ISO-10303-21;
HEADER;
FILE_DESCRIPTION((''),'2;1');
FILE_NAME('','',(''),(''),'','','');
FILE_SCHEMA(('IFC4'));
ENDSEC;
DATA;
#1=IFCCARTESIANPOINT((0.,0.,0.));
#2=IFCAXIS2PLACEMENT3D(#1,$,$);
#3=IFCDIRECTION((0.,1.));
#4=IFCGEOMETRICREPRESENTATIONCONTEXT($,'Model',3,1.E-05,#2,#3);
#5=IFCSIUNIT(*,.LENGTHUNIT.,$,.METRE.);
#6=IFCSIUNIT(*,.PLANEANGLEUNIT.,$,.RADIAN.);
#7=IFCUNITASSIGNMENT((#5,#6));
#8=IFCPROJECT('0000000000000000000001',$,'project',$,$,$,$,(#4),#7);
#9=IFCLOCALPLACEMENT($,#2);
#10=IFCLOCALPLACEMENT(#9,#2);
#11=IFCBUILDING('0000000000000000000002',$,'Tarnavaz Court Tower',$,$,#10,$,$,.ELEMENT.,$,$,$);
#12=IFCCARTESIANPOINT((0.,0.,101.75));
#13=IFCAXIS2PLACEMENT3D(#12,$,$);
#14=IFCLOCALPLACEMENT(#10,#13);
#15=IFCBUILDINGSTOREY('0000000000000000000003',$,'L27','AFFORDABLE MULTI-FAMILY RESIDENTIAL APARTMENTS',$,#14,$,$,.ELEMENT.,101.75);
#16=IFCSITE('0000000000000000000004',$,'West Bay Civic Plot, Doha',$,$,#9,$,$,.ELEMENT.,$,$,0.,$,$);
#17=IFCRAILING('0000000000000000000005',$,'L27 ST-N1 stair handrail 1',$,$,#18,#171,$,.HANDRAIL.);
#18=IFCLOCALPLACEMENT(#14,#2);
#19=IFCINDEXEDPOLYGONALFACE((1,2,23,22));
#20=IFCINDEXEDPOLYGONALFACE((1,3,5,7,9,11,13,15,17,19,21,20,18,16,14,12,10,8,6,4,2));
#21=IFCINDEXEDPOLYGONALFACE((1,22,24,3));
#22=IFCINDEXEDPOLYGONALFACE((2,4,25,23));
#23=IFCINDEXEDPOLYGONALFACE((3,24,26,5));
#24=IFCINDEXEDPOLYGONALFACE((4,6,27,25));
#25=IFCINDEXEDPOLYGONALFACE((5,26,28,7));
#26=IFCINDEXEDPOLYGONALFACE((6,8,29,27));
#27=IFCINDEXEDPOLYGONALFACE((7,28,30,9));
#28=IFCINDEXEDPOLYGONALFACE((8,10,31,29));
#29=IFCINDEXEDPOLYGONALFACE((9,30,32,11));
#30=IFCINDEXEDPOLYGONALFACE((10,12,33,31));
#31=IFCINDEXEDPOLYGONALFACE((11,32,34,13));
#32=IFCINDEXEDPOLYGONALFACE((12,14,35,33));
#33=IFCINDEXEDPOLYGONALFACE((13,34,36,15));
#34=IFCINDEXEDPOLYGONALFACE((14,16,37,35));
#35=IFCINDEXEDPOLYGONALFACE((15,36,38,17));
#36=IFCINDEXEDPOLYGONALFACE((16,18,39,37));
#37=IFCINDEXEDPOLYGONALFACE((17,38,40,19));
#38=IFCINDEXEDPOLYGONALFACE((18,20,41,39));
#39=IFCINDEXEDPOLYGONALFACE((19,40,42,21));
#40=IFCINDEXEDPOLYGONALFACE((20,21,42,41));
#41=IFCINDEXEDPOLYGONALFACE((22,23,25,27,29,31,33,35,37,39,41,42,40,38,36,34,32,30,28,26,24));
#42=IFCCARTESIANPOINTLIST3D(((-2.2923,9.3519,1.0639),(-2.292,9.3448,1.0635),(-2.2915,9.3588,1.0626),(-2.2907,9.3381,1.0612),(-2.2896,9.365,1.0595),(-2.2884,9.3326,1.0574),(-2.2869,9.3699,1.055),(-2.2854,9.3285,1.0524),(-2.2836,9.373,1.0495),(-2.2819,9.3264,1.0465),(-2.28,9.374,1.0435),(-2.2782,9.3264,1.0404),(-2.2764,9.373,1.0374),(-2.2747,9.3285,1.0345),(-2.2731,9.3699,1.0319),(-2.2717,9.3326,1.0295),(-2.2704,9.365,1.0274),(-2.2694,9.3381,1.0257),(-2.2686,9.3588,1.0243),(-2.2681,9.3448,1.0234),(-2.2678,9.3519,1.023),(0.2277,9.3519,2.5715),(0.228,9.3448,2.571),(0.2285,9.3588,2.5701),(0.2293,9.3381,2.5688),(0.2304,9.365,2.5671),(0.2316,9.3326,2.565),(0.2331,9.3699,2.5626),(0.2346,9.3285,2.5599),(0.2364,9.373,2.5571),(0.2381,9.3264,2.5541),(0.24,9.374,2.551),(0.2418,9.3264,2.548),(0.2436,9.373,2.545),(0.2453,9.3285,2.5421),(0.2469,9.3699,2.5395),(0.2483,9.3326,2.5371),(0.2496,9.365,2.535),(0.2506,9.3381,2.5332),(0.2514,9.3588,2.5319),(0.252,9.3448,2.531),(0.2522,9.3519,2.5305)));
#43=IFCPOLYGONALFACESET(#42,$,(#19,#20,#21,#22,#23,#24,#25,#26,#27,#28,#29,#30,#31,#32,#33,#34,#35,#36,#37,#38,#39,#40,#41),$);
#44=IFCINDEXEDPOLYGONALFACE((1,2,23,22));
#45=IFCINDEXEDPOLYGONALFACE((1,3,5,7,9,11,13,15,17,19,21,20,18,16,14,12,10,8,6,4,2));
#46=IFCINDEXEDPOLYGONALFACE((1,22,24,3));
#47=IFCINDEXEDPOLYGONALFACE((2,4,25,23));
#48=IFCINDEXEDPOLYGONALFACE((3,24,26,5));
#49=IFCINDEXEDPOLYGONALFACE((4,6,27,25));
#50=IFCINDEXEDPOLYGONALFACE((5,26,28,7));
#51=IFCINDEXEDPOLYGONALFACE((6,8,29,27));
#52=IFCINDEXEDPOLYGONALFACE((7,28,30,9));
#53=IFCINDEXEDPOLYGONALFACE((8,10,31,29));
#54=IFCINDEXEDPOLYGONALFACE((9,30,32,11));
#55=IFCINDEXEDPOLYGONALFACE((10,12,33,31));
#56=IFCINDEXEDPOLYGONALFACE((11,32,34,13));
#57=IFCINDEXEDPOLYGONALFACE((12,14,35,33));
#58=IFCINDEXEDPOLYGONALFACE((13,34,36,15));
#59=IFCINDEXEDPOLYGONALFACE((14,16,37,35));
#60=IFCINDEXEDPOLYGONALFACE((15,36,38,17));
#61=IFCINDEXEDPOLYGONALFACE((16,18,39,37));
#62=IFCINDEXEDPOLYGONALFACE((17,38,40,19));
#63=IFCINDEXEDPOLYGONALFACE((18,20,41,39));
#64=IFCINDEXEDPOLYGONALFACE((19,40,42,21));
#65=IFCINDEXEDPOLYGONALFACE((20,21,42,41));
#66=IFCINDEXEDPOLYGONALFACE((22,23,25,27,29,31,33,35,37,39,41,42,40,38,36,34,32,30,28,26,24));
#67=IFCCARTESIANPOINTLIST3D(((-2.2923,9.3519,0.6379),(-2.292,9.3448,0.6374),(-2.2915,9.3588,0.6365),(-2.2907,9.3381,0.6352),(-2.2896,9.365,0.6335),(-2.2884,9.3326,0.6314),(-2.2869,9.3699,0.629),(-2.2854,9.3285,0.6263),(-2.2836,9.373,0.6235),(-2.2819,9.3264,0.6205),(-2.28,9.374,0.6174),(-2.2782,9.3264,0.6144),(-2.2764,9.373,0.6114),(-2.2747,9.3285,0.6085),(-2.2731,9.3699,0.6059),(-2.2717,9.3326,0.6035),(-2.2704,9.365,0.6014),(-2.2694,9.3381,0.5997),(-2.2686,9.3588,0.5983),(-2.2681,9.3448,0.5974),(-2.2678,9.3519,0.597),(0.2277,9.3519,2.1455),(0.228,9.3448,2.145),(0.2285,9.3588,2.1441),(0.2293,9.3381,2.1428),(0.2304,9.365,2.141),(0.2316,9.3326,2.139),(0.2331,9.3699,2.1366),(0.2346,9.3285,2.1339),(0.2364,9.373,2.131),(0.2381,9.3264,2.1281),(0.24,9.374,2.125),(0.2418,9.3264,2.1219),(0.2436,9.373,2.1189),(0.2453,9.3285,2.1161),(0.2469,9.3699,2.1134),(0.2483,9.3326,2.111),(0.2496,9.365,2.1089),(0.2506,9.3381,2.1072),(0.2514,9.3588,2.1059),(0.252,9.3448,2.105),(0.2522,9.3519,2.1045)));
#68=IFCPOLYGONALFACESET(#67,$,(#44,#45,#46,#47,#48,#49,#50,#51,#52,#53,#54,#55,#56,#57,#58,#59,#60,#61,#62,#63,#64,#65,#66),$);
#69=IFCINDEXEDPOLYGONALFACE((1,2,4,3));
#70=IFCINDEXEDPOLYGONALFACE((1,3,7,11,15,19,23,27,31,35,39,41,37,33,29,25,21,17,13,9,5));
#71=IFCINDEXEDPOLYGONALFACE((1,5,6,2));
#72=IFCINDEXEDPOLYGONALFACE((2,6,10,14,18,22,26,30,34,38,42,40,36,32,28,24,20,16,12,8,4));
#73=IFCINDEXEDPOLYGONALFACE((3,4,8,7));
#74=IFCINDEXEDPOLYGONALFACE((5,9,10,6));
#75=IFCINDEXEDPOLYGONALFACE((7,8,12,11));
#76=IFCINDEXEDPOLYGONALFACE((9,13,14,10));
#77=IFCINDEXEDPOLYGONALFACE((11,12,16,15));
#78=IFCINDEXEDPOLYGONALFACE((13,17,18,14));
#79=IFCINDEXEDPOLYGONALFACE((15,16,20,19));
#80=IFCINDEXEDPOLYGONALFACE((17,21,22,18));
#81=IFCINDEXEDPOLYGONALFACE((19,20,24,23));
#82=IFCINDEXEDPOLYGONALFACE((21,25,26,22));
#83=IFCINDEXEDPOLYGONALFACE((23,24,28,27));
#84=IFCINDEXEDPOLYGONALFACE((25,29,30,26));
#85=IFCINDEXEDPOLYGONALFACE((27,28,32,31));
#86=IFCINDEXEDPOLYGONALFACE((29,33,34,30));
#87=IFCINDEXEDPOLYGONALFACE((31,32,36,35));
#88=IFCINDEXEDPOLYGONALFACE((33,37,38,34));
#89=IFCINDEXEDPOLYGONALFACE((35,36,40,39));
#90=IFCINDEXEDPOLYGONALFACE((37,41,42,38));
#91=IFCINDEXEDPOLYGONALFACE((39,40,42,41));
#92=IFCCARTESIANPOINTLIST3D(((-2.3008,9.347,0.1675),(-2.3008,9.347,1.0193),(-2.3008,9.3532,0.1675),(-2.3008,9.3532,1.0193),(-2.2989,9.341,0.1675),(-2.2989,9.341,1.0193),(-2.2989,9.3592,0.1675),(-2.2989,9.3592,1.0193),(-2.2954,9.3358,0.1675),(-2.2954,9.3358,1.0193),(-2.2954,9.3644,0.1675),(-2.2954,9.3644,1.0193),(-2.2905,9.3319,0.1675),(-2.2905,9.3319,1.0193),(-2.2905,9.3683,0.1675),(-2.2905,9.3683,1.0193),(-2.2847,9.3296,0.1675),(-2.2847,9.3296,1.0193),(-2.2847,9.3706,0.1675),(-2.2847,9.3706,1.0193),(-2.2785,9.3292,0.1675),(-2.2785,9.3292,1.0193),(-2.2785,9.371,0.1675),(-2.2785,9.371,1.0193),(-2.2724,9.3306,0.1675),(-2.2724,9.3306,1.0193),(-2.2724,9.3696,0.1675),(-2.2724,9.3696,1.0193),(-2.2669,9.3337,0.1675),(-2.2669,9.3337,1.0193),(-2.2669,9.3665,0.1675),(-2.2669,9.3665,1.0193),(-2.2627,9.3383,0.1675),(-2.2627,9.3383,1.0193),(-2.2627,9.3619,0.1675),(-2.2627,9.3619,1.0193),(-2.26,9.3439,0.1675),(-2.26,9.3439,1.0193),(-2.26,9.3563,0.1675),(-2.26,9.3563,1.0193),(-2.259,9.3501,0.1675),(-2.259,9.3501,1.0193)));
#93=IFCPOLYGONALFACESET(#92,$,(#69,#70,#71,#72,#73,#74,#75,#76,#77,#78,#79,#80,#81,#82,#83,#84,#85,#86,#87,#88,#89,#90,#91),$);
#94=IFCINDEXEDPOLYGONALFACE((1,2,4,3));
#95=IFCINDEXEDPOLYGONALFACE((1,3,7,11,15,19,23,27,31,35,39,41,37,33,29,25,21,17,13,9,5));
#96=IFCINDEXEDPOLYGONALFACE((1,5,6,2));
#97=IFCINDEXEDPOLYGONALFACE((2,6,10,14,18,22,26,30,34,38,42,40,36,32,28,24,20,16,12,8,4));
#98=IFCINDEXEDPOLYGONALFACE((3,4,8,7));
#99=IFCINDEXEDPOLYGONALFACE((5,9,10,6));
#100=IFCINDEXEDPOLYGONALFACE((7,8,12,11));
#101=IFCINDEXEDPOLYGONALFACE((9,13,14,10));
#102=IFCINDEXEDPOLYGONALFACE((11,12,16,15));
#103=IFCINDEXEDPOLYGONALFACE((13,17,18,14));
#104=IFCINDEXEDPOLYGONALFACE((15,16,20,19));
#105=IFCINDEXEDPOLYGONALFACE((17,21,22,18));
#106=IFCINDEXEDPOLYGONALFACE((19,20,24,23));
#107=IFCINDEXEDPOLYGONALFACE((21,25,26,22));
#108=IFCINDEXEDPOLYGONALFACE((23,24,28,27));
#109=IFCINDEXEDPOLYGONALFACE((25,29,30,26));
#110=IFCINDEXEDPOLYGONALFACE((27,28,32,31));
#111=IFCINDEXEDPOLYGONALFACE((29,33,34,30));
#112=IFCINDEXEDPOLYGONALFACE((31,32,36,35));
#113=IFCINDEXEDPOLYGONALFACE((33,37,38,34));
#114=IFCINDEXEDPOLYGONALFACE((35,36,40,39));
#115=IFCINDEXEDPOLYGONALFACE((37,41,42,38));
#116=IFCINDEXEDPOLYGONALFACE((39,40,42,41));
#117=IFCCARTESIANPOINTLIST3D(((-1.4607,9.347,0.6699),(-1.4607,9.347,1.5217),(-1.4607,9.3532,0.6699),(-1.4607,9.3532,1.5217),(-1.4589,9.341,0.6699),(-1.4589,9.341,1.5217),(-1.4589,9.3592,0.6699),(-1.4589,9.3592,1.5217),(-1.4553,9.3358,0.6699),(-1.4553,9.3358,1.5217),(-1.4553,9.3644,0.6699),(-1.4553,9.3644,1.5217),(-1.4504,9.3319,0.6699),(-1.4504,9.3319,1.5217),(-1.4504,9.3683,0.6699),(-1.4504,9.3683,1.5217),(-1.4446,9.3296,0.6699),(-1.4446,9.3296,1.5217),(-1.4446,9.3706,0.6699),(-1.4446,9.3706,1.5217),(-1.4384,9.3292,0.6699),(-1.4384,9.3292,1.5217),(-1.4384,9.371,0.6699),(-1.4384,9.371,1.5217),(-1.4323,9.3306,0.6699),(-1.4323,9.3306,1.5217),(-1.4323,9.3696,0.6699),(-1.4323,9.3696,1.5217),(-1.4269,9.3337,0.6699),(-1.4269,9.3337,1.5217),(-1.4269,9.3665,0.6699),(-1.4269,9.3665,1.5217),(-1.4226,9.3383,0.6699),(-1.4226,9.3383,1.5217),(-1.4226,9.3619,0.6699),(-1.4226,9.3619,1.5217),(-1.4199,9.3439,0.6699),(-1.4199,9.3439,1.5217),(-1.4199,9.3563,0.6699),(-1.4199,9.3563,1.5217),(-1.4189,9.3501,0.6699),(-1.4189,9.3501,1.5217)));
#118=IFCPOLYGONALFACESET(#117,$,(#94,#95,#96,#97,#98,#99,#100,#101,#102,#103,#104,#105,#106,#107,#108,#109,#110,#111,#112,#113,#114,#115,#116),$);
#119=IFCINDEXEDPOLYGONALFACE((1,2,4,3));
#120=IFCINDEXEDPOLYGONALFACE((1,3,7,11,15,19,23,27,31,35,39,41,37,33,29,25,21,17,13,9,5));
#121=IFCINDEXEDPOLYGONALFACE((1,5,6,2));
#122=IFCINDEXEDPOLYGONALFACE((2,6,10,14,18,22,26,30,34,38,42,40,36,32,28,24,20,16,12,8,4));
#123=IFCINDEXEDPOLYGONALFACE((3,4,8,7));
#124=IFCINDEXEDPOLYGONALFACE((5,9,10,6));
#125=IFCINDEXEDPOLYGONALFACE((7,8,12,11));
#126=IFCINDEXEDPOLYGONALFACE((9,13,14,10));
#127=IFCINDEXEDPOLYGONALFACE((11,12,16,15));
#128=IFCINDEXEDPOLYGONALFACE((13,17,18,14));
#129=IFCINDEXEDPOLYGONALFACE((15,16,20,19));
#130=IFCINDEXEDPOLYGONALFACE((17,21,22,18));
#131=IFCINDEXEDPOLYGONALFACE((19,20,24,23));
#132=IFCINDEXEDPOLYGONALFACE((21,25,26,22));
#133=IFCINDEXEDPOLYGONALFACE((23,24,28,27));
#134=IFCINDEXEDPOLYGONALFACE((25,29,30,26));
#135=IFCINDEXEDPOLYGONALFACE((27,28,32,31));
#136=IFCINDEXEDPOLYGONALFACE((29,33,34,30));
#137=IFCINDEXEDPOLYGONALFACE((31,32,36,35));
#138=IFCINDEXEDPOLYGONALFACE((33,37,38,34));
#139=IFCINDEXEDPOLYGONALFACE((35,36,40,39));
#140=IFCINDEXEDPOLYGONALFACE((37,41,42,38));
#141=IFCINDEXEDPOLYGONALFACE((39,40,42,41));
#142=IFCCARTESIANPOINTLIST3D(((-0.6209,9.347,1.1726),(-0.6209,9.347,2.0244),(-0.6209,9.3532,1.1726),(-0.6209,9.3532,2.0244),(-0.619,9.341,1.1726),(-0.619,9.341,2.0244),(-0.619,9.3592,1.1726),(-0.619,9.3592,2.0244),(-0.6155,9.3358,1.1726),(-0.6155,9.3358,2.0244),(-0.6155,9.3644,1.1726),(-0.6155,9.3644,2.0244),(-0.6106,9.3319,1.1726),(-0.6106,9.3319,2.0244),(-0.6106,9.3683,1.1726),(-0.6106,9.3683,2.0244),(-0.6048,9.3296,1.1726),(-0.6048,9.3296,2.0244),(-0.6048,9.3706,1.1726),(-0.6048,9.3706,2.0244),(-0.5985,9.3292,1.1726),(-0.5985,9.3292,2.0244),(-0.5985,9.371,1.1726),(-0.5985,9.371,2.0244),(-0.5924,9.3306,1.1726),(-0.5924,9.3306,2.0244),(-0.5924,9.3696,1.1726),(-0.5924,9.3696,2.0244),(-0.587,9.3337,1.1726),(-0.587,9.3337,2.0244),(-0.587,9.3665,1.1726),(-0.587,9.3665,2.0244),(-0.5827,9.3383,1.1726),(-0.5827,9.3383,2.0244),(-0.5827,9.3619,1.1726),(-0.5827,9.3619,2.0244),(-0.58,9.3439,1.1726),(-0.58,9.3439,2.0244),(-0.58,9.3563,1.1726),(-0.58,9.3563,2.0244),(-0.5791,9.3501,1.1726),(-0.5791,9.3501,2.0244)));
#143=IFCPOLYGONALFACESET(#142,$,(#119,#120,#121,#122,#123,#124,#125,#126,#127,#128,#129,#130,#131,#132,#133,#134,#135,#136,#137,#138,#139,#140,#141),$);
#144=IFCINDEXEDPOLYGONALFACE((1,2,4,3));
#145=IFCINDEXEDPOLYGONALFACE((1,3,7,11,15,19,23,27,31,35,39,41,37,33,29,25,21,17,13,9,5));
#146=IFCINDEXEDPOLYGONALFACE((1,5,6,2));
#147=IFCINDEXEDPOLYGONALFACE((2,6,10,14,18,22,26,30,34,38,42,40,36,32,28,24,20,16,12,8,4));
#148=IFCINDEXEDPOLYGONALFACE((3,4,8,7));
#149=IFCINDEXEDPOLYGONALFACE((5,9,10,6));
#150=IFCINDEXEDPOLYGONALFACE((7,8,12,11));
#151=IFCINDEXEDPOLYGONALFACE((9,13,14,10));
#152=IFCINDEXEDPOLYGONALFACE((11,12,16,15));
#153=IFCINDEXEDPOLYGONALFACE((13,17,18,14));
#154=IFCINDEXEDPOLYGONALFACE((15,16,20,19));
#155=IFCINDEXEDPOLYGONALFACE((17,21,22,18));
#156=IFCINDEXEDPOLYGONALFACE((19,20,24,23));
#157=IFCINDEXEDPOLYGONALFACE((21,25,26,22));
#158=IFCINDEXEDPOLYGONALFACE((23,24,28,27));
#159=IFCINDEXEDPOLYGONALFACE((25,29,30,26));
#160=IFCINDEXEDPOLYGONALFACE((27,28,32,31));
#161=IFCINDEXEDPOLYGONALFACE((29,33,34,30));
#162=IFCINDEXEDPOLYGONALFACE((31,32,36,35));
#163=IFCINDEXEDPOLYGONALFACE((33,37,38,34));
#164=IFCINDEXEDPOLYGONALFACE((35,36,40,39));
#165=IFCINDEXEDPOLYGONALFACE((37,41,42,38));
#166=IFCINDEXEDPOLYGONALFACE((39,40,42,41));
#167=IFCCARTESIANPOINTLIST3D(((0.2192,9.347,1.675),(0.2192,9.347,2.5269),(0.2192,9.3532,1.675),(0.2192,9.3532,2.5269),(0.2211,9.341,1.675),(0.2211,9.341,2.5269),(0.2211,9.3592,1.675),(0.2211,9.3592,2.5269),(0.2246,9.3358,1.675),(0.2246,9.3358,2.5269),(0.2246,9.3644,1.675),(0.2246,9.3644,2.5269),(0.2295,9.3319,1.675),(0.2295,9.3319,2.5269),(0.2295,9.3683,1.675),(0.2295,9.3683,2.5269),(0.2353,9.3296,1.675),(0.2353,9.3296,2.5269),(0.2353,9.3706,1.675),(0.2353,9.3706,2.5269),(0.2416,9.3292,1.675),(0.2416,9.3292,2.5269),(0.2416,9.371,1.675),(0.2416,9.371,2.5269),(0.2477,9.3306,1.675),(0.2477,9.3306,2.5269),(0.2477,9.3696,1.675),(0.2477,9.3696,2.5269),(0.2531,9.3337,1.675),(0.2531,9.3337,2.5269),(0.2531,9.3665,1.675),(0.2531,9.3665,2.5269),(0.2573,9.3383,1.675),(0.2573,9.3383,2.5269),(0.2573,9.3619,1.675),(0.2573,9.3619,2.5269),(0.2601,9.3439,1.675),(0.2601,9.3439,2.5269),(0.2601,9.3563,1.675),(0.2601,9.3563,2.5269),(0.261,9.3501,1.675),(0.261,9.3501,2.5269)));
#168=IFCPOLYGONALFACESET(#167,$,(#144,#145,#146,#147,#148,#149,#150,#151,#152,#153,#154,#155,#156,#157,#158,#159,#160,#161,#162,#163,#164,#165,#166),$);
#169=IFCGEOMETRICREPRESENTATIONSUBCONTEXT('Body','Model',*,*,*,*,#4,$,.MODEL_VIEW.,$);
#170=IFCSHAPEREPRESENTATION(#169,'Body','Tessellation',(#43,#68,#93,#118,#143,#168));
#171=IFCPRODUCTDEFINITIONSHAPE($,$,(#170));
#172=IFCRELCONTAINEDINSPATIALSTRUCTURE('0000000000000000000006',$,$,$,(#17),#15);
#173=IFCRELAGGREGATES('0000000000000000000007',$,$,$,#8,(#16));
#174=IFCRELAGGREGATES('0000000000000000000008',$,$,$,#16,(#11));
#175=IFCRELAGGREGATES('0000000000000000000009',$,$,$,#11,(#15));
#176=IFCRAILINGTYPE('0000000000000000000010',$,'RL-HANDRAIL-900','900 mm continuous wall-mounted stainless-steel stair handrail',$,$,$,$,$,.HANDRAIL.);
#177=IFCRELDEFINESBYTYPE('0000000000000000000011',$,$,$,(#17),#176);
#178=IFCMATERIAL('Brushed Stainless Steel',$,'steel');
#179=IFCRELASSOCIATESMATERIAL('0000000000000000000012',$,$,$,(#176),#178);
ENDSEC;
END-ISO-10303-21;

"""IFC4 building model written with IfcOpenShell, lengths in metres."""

from ifc_helpers import new_model, si_unit, direction, frame, origin, origin_2d, place, context, subcontext, project, spatial, circle, extrude, material, type_object, element, save


model = new_model("IFC4")

# Units and contexts
model_context = context("Model", 3, precision=1e-05, world=origin(), true_north=direction((0.0, 1.0)))
body_context = subcontext(model_context, "Body", "Model", "MODEL_VIEW")
ifc_project = project(units=[si_unit("LENGTHUNIT", "METRE"), si_unit("PLANEANGLEUNIT", "RADIAN")], contexts=[model_context])

# Site, building, storey
site_placement = place(None, origin())
site = spatial("IfcSite", under=ifc_project, at=site_placement, Name="West Bay Civic Plot, Doha", CompositionType="ELEMENT", RefElevation=0.0)
building_placement = place(site_placement, origin())
building = spatial("IfcBuilding", under=site, at=building_placement, Name="Tarnavaz Court Tower", CompositionType="ELEMENT")
storey_placement = place(building_placement, frame((0.0, 0.0, 101.75)))
storey = spatial("IfcBuildingStorey", under=building, at=storey_placement, Name="L27", Description="AFFORDABLE MULTI-FAMILY RESIDENTIAL APARTMENTS", CompositionType="ELEMENT", Elevation=101.75)

# Railing
ifc_material_1 = material(Name="Brushed Stainless Steel", Category="steel")
railing_type_1 = type_object("IfcRailingType", Name="RL-HANDRAIL-900", Description="900 mm continuous wall-mounted stainless-steel stair handrail", PredefinedType="HANDRAIL", material=ifc_material_1)
railing_1_placement = place(storey_placement, frame((-2.28, 9.3501, 0.1675)))
element("IfcRailing", 1, at=railing_1_placement, inside=storey, type_object=railing_type_1, Name="L27 ST-N1 stair handrail 1", PredefinedType="HANDRAIL", context=body_context, shape_type="SweptSolid", body=[
    extrude(circle(Radius=0.0239, at=origin_2d()), frame((0.0, 0.0, 0.876), z_axis=(0.85816, 0.0, 0.513383), x_axis=(0.0, 1.0, 0.0)), (0.0, 0.0, 1.0), 2.9365),
    extrude(circle(Radius=0.0239, at=origin_2d()), frame((0.0, 0.0, 0.45), z_axis=(0.85816, 0.0, 0.513383), x_axis=(0.0, 1.0, 0.0)), (0.0, 0.0, 1.0), 2.9365),
    extrude(circle(Radius=0.021, at=origin_2d()), origin(), (0.0, 0.0, 1.0), 0.8518),
    extrude(circle(Radius=0.021, at=origin_2d()), frame((0.8401, 0.0, 0.5024)), (0.0, 0.0, 1.0), 0.8518),
    extrude(circle(Radius=0.021, at=origin_2d()), frame((1.6799, 0.0, 1.0051)), (0.0, 0.0, 1.0), 0.8518),
    extrude(circle(Radius=0.021, at=origin_2d()), frame((2.52, 0.0, 1.5076)), (0.0, 0.0, 1.0), 0.8518),
])

save(model, "model.ifc")
